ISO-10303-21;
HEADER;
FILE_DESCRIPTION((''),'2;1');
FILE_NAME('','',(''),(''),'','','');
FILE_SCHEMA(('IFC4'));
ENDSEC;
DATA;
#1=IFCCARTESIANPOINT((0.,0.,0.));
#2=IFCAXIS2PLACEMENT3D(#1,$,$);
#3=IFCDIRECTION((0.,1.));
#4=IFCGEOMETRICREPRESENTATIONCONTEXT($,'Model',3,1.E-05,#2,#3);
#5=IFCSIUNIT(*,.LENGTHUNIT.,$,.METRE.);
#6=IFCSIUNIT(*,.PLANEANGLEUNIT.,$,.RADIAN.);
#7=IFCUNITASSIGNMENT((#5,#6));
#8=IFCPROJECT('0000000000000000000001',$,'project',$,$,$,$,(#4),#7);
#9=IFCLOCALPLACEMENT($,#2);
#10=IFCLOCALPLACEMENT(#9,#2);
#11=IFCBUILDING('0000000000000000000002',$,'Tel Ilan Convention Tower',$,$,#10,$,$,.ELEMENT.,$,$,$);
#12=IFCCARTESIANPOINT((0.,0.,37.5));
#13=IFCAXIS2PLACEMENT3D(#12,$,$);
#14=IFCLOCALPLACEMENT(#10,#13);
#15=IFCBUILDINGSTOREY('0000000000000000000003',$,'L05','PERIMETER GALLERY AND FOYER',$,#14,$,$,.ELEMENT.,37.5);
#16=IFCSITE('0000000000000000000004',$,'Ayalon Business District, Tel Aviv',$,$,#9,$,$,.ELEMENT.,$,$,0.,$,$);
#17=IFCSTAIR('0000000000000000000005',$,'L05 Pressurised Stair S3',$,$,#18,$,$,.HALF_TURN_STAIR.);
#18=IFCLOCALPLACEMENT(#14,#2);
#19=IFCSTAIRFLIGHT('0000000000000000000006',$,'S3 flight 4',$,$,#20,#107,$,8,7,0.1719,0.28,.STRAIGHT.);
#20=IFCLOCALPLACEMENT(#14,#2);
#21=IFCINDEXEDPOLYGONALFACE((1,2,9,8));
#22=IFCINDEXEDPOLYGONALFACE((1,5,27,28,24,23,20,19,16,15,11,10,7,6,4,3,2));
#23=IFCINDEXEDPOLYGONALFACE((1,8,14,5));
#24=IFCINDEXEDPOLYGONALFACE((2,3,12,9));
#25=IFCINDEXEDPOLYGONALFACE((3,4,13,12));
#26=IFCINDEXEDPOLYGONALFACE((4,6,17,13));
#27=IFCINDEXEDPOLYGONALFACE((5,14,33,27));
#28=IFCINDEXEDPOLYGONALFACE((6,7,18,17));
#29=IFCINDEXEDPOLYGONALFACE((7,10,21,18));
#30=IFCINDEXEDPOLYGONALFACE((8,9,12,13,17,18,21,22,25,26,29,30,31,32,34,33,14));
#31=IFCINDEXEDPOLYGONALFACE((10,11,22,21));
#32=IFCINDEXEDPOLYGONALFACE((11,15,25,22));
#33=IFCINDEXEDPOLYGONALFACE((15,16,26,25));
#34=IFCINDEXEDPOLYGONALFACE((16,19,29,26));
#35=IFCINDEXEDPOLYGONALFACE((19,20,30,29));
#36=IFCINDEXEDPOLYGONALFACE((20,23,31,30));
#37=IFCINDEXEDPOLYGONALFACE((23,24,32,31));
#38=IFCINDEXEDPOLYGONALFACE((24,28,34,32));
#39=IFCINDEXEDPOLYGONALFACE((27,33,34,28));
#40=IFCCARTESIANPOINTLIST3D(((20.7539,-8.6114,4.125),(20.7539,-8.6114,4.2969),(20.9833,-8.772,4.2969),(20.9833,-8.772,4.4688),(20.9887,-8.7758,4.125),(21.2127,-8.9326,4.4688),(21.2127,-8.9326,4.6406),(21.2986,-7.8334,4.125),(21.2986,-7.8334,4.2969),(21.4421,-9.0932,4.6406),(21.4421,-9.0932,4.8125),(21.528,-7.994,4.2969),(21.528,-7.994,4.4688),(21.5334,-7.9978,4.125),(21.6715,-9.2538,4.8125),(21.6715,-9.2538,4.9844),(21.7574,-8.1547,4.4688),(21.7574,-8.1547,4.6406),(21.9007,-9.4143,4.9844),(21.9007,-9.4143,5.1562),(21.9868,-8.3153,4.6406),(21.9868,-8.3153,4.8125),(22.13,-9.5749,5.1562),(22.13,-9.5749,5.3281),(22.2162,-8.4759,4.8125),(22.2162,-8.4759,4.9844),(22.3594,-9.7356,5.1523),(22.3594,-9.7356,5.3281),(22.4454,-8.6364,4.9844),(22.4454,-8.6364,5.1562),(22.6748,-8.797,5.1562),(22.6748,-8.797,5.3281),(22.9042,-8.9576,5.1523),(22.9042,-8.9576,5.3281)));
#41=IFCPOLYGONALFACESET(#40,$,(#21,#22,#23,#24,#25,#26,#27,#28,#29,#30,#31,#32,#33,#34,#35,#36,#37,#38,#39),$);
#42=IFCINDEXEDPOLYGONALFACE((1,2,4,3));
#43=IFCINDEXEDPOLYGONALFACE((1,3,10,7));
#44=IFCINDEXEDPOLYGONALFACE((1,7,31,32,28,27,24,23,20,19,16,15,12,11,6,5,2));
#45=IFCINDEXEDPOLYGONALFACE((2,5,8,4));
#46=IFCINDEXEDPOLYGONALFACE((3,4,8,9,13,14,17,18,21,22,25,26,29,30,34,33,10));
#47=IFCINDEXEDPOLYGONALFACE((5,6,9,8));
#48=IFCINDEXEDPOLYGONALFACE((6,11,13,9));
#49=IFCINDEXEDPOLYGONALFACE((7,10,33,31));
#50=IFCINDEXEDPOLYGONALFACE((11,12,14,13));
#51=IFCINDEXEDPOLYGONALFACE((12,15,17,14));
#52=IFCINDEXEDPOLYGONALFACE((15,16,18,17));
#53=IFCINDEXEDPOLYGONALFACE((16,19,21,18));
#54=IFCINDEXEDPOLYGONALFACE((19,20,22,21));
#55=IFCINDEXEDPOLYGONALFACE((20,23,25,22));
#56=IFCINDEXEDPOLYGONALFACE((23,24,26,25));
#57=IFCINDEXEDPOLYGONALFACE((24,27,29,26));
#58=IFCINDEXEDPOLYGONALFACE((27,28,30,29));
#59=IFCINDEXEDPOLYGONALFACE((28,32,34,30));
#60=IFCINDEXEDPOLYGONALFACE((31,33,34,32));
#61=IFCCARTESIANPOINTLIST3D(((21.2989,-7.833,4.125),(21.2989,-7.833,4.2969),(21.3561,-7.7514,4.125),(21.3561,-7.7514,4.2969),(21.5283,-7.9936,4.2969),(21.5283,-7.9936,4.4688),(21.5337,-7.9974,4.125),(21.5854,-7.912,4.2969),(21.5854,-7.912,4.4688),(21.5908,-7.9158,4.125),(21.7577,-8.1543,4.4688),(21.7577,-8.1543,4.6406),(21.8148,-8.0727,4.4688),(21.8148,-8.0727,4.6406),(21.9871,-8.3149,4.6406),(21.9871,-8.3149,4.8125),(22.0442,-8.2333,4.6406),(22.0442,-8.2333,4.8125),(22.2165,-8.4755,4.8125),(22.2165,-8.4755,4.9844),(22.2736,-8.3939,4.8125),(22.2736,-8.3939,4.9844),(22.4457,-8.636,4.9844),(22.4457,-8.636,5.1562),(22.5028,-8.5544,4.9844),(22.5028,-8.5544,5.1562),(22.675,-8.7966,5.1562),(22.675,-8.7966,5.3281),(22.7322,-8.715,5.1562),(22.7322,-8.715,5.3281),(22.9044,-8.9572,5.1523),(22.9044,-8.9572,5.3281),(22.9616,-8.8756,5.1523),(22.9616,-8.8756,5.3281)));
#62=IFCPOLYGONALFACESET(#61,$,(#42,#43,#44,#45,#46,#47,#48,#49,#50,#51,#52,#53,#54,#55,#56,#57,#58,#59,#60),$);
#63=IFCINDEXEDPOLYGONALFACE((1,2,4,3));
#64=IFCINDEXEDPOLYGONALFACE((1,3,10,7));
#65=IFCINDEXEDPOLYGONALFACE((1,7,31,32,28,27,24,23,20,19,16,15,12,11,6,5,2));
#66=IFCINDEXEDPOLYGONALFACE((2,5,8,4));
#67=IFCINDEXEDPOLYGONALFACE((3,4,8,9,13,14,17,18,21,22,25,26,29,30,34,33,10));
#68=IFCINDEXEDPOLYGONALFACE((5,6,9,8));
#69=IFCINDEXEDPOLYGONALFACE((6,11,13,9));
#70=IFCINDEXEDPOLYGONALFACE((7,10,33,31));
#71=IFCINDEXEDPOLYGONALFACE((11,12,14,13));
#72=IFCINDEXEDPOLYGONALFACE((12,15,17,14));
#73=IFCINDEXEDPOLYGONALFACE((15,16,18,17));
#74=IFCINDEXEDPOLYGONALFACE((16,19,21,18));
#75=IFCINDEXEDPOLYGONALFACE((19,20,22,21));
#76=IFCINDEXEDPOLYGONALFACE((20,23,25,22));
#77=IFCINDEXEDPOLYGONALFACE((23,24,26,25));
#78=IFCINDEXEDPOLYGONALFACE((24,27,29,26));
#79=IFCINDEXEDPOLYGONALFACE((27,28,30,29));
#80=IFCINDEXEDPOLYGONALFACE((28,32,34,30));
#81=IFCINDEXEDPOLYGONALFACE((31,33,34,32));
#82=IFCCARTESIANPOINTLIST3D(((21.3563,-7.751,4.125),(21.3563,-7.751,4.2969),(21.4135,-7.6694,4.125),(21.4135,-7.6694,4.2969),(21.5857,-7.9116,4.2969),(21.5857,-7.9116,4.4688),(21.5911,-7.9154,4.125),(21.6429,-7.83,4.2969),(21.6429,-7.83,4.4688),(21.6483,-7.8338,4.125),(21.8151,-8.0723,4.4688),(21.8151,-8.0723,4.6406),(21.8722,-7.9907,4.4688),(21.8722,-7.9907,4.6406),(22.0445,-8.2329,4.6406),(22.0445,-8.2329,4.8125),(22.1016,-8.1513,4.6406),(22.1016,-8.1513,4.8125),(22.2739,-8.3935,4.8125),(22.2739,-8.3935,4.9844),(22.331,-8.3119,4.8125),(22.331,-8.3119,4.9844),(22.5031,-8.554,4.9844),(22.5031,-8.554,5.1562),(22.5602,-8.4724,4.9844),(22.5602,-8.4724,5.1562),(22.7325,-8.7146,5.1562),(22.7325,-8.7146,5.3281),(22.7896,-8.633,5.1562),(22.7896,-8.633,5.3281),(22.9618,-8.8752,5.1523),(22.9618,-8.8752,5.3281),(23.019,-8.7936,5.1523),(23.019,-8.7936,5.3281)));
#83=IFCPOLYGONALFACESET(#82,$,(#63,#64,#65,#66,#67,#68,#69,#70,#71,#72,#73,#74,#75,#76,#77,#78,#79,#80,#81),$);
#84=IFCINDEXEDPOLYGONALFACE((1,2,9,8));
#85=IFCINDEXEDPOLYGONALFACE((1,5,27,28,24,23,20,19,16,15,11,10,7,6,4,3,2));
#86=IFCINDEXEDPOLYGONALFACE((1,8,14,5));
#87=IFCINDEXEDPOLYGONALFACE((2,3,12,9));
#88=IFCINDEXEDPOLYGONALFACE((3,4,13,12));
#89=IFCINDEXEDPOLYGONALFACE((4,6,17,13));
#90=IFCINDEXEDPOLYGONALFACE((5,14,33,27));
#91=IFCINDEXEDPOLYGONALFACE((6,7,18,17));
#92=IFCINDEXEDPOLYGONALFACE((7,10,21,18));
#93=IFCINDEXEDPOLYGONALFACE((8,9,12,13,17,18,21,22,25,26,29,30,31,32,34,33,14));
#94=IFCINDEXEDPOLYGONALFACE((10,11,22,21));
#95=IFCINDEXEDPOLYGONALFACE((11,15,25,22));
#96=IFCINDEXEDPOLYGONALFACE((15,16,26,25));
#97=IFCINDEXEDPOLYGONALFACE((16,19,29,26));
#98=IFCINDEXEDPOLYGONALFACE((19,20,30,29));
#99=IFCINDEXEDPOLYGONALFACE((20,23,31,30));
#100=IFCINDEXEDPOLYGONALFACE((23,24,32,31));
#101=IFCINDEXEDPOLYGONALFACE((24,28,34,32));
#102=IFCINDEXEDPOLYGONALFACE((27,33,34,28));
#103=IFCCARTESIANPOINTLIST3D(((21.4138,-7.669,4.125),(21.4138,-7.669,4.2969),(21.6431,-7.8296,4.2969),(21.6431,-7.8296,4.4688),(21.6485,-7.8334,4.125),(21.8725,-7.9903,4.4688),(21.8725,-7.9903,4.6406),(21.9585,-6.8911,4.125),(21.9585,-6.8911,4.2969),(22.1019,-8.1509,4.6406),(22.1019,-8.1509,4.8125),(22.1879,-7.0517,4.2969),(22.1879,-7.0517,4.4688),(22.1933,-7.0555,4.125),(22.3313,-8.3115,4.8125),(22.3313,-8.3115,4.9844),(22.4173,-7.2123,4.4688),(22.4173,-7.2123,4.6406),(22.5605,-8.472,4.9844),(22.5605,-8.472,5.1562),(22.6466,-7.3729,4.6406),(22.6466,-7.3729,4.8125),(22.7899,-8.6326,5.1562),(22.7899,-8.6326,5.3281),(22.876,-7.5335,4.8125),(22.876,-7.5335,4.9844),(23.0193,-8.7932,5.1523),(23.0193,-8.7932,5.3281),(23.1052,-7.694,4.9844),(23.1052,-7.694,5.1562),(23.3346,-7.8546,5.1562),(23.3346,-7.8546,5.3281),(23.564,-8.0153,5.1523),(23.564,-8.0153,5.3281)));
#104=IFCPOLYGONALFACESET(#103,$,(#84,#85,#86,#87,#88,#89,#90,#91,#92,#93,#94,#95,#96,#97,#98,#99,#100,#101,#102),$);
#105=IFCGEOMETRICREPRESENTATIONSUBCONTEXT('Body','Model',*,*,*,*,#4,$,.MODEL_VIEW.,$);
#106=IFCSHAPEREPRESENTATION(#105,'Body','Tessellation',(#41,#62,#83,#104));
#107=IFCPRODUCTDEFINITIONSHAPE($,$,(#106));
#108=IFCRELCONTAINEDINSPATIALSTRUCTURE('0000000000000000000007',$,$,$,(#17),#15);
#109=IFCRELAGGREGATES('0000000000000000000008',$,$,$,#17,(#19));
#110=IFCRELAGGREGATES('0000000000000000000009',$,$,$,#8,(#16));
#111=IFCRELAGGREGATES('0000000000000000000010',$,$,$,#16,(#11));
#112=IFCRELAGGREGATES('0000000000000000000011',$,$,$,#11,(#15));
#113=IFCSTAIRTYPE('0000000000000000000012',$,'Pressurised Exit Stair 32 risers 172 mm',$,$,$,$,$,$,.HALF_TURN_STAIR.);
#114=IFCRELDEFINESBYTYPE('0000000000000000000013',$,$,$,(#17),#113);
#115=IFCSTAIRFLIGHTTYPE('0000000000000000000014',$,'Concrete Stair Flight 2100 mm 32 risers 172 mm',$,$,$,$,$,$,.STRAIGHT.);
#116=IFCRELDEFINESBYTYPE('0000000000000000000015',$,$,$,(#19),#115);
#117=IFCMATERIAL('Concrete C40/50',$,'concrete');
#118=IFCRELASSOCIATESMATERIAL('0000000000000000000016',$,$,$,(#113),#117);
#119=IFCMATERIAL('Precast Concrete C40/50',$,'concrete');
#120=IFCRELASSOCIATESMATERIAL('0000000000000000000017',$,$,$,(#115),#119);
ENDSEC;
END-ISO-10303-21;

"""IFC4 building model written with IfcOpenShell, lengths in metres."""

from ifc_helpers import new_model, si_unit, direction, frame, origin, place, context, subcontext, project, spatial, polyline, outline, extrude, material, type_object, element, aggregate, save


model = new_model("IFC4")

# Units and contexts
model_context = context("Model", 3, precision=1e-05, world=origin(), true_north=direction((0.0, 1.0)))
body_context = subcontext(model_context, "Body", "Model", "MODEL_VIEW")
ifc_project = project(units=[si_unit("LENGTHUNIT", "METRE"), si_unit("PLANEANGLEUNIT", "RADIAN")], contexts=[model_context])

# Site, building, storey
site_placement = place(None, origin())
site = spatial("IfcSite", under=ifc_project, at=site_placement, Name="Ayalon Business District, Tel Aviv", CompositionType="ELEMENT", RefElevation=0.0)
building_placement = place(site_placement, origin())
building = spatial("IfcBuilding", under=site, at=building_placement, Name="Tel Ilan Convention Tower", CompositionType="ELEMENT")
storey_placement = place(building_placement, frame((0.0, 0.0, 37.5)))
storey = spatial("IfcBuildingStorey", under=building, at=storey_placement, Name="L05", Description="PERIMETER GALLERY AND FOYER", CompositionType="ELEMENT", Elevation=37.5)

# Stair, stair flight
ifc_material_1 = material(Name="Concrete C40/50", Category="concrete")
stair_type = type_object("IfcStairType", Name="Pressurised Exit Stair 32 risers 172 mm", PredefinedType="HALF_TURN_STAIR", material=ifc_material_1)
stair_1_placement = place(storey_placement, origin())
stair_1 = element("IfcStair", 1, at=stair_1_placement, inside=storey, type_object=stair_type, Name="L05 Pressurised Stair S3", PredefinedType="HALF_TURN_STAIR")
ifc_material_2 = material(Name="Precast Concrete C40/50", Category="concrete")
stair_flight_type = type_object("IfcStairFlightType", Name="Concrete Stair Flight 2100 mm 32 risers 172 mm", PredefinedType="STRAIGHT", material=ifc_material_2)
stair_flight_1_placement = place(storey_placement, frame((21.3562, -7.7512, 4.125), z_axis=(0.0, 0.0, 1.0), x_axis=(0.819152, -0.573576, 0.0)))
stair_flight_1 = element("IfcStairFlight", 2, at=stair_flight_1_placement, type_object=stair_flight_type, Name="S3 flight 4", NumberOfRisers=8, NumberOfTreads=7, PredefinedType="STRAIGHT", RiserHeight=0.1719, TreadLength=0.28, context=body_context, shape_type="SweptSolid", body=[
    extrude(outline(polyline([(0.0, 0.0), (0.0, 0.1719), (0.28, 0.1719), (0.28, 0.3438), (0.5601, 0.3438), (0.5601, 0.5156), (0.8401, 0.5156), (0.8401, 0.6875), (1.1201, 0.6875), (1.1201, 0.8594), (1.3999, 0.8594), (1.3999, 1.0312), (1.6799, 1.0312), (1.6799, 1.2031), (1.96, 1.2031), (1.96, 1.375), (1.96, 1.0273), (0.2866, 0.0), (0.0, 0.0)])), frame((0.0, -0.1003, 0.0), z_axis=(0.0, -1.0, 0.0), x_axis=(1.0, 0.0, 0.0)), (0.0, 0.0, 1.0), 0.9497),
    extrude(outline(polyline([(0.0, 0.0), (0.0, 0.1719), (0.28, 0.1719), (0.28, 0.3438), (0.5601, 0.3438), (0.5601, 0.5156), (0.8401, 0.5156), (0.8401, 0.6875), (1.1201, 0.6875), (1.1201, 0.8594), (1.3999, 0.8594), (1.3999, 1.0312), (1.6799, 1.0312), (1.6799, 1.2031), (1.96, 1.2031), (1.96, 1.375), (1.96, 1.0273), (0.2866, 0.0), (0.0, 0.0)])), frame((0.0, -0.0002, 0.0), z_axis=(0.0, -1.0, 0.0), x_axis=(1.0, 0.0, 0.0)), (0.0, 0.0, 1.0), 0.0996),
    extrude(outline(polyline([(0.0, 0.0), (0.0, 0.1719), (0.28, 0.1719), (0.28, 0.3438), (0.5601, 0.3438), (0.5601, 0.5156), (0.8401, 0.5156), (0.8401, 0.6875), (1.1201, 0.6875), (1.1201, 0.8594), (1.3999, 0.8594), (1.3999, 1.0312), (1.6799, 1.0312), (1.6799, 1.2031), (1.96, 1.2031), (1.96, 1.375), (1.96, 1.0273), (0.2866, 0.0), (0.0, 0.0)])), frame((0.0, 0.0999, 0.0), z_axis=(0.0, -1.0, 0.0), x_axis=(1.0, 0.0, 0.0)), (0.0, 0.0, 1.0), 0.0996),
    extrude(outline(polyline([(0.0, 0.0), (0.0, 0.1719), (0.28, 0.1719), (0.28, 0.3438), (0.5601, 0.3438), (0.5601, 0.5156), (0.8401, 0.5156), (0.8401, 0.6875), (1.1201, 0.6875), (1.1201, 0.8594), (1.3999, 0.8594), (1.3999, 1.0312), (1.6799, 1.0312), (1.6799, 1.2031), (1.96, 1.2031), (1.96, 1.375), (1.96, 1.0273), (0.2866, 0.0), (0.0, 0.0)])), frame((0.0, 1.05, 0.0), z_axis=(0.0, -1.0, 0.0), x_axis=(1.0, 0.0, 0.0)), (0.0, 0.0, 1.0), 0.9497),
])
aggregate(stair_1, [stair_flight_1])

save(model, "model.ifc")
